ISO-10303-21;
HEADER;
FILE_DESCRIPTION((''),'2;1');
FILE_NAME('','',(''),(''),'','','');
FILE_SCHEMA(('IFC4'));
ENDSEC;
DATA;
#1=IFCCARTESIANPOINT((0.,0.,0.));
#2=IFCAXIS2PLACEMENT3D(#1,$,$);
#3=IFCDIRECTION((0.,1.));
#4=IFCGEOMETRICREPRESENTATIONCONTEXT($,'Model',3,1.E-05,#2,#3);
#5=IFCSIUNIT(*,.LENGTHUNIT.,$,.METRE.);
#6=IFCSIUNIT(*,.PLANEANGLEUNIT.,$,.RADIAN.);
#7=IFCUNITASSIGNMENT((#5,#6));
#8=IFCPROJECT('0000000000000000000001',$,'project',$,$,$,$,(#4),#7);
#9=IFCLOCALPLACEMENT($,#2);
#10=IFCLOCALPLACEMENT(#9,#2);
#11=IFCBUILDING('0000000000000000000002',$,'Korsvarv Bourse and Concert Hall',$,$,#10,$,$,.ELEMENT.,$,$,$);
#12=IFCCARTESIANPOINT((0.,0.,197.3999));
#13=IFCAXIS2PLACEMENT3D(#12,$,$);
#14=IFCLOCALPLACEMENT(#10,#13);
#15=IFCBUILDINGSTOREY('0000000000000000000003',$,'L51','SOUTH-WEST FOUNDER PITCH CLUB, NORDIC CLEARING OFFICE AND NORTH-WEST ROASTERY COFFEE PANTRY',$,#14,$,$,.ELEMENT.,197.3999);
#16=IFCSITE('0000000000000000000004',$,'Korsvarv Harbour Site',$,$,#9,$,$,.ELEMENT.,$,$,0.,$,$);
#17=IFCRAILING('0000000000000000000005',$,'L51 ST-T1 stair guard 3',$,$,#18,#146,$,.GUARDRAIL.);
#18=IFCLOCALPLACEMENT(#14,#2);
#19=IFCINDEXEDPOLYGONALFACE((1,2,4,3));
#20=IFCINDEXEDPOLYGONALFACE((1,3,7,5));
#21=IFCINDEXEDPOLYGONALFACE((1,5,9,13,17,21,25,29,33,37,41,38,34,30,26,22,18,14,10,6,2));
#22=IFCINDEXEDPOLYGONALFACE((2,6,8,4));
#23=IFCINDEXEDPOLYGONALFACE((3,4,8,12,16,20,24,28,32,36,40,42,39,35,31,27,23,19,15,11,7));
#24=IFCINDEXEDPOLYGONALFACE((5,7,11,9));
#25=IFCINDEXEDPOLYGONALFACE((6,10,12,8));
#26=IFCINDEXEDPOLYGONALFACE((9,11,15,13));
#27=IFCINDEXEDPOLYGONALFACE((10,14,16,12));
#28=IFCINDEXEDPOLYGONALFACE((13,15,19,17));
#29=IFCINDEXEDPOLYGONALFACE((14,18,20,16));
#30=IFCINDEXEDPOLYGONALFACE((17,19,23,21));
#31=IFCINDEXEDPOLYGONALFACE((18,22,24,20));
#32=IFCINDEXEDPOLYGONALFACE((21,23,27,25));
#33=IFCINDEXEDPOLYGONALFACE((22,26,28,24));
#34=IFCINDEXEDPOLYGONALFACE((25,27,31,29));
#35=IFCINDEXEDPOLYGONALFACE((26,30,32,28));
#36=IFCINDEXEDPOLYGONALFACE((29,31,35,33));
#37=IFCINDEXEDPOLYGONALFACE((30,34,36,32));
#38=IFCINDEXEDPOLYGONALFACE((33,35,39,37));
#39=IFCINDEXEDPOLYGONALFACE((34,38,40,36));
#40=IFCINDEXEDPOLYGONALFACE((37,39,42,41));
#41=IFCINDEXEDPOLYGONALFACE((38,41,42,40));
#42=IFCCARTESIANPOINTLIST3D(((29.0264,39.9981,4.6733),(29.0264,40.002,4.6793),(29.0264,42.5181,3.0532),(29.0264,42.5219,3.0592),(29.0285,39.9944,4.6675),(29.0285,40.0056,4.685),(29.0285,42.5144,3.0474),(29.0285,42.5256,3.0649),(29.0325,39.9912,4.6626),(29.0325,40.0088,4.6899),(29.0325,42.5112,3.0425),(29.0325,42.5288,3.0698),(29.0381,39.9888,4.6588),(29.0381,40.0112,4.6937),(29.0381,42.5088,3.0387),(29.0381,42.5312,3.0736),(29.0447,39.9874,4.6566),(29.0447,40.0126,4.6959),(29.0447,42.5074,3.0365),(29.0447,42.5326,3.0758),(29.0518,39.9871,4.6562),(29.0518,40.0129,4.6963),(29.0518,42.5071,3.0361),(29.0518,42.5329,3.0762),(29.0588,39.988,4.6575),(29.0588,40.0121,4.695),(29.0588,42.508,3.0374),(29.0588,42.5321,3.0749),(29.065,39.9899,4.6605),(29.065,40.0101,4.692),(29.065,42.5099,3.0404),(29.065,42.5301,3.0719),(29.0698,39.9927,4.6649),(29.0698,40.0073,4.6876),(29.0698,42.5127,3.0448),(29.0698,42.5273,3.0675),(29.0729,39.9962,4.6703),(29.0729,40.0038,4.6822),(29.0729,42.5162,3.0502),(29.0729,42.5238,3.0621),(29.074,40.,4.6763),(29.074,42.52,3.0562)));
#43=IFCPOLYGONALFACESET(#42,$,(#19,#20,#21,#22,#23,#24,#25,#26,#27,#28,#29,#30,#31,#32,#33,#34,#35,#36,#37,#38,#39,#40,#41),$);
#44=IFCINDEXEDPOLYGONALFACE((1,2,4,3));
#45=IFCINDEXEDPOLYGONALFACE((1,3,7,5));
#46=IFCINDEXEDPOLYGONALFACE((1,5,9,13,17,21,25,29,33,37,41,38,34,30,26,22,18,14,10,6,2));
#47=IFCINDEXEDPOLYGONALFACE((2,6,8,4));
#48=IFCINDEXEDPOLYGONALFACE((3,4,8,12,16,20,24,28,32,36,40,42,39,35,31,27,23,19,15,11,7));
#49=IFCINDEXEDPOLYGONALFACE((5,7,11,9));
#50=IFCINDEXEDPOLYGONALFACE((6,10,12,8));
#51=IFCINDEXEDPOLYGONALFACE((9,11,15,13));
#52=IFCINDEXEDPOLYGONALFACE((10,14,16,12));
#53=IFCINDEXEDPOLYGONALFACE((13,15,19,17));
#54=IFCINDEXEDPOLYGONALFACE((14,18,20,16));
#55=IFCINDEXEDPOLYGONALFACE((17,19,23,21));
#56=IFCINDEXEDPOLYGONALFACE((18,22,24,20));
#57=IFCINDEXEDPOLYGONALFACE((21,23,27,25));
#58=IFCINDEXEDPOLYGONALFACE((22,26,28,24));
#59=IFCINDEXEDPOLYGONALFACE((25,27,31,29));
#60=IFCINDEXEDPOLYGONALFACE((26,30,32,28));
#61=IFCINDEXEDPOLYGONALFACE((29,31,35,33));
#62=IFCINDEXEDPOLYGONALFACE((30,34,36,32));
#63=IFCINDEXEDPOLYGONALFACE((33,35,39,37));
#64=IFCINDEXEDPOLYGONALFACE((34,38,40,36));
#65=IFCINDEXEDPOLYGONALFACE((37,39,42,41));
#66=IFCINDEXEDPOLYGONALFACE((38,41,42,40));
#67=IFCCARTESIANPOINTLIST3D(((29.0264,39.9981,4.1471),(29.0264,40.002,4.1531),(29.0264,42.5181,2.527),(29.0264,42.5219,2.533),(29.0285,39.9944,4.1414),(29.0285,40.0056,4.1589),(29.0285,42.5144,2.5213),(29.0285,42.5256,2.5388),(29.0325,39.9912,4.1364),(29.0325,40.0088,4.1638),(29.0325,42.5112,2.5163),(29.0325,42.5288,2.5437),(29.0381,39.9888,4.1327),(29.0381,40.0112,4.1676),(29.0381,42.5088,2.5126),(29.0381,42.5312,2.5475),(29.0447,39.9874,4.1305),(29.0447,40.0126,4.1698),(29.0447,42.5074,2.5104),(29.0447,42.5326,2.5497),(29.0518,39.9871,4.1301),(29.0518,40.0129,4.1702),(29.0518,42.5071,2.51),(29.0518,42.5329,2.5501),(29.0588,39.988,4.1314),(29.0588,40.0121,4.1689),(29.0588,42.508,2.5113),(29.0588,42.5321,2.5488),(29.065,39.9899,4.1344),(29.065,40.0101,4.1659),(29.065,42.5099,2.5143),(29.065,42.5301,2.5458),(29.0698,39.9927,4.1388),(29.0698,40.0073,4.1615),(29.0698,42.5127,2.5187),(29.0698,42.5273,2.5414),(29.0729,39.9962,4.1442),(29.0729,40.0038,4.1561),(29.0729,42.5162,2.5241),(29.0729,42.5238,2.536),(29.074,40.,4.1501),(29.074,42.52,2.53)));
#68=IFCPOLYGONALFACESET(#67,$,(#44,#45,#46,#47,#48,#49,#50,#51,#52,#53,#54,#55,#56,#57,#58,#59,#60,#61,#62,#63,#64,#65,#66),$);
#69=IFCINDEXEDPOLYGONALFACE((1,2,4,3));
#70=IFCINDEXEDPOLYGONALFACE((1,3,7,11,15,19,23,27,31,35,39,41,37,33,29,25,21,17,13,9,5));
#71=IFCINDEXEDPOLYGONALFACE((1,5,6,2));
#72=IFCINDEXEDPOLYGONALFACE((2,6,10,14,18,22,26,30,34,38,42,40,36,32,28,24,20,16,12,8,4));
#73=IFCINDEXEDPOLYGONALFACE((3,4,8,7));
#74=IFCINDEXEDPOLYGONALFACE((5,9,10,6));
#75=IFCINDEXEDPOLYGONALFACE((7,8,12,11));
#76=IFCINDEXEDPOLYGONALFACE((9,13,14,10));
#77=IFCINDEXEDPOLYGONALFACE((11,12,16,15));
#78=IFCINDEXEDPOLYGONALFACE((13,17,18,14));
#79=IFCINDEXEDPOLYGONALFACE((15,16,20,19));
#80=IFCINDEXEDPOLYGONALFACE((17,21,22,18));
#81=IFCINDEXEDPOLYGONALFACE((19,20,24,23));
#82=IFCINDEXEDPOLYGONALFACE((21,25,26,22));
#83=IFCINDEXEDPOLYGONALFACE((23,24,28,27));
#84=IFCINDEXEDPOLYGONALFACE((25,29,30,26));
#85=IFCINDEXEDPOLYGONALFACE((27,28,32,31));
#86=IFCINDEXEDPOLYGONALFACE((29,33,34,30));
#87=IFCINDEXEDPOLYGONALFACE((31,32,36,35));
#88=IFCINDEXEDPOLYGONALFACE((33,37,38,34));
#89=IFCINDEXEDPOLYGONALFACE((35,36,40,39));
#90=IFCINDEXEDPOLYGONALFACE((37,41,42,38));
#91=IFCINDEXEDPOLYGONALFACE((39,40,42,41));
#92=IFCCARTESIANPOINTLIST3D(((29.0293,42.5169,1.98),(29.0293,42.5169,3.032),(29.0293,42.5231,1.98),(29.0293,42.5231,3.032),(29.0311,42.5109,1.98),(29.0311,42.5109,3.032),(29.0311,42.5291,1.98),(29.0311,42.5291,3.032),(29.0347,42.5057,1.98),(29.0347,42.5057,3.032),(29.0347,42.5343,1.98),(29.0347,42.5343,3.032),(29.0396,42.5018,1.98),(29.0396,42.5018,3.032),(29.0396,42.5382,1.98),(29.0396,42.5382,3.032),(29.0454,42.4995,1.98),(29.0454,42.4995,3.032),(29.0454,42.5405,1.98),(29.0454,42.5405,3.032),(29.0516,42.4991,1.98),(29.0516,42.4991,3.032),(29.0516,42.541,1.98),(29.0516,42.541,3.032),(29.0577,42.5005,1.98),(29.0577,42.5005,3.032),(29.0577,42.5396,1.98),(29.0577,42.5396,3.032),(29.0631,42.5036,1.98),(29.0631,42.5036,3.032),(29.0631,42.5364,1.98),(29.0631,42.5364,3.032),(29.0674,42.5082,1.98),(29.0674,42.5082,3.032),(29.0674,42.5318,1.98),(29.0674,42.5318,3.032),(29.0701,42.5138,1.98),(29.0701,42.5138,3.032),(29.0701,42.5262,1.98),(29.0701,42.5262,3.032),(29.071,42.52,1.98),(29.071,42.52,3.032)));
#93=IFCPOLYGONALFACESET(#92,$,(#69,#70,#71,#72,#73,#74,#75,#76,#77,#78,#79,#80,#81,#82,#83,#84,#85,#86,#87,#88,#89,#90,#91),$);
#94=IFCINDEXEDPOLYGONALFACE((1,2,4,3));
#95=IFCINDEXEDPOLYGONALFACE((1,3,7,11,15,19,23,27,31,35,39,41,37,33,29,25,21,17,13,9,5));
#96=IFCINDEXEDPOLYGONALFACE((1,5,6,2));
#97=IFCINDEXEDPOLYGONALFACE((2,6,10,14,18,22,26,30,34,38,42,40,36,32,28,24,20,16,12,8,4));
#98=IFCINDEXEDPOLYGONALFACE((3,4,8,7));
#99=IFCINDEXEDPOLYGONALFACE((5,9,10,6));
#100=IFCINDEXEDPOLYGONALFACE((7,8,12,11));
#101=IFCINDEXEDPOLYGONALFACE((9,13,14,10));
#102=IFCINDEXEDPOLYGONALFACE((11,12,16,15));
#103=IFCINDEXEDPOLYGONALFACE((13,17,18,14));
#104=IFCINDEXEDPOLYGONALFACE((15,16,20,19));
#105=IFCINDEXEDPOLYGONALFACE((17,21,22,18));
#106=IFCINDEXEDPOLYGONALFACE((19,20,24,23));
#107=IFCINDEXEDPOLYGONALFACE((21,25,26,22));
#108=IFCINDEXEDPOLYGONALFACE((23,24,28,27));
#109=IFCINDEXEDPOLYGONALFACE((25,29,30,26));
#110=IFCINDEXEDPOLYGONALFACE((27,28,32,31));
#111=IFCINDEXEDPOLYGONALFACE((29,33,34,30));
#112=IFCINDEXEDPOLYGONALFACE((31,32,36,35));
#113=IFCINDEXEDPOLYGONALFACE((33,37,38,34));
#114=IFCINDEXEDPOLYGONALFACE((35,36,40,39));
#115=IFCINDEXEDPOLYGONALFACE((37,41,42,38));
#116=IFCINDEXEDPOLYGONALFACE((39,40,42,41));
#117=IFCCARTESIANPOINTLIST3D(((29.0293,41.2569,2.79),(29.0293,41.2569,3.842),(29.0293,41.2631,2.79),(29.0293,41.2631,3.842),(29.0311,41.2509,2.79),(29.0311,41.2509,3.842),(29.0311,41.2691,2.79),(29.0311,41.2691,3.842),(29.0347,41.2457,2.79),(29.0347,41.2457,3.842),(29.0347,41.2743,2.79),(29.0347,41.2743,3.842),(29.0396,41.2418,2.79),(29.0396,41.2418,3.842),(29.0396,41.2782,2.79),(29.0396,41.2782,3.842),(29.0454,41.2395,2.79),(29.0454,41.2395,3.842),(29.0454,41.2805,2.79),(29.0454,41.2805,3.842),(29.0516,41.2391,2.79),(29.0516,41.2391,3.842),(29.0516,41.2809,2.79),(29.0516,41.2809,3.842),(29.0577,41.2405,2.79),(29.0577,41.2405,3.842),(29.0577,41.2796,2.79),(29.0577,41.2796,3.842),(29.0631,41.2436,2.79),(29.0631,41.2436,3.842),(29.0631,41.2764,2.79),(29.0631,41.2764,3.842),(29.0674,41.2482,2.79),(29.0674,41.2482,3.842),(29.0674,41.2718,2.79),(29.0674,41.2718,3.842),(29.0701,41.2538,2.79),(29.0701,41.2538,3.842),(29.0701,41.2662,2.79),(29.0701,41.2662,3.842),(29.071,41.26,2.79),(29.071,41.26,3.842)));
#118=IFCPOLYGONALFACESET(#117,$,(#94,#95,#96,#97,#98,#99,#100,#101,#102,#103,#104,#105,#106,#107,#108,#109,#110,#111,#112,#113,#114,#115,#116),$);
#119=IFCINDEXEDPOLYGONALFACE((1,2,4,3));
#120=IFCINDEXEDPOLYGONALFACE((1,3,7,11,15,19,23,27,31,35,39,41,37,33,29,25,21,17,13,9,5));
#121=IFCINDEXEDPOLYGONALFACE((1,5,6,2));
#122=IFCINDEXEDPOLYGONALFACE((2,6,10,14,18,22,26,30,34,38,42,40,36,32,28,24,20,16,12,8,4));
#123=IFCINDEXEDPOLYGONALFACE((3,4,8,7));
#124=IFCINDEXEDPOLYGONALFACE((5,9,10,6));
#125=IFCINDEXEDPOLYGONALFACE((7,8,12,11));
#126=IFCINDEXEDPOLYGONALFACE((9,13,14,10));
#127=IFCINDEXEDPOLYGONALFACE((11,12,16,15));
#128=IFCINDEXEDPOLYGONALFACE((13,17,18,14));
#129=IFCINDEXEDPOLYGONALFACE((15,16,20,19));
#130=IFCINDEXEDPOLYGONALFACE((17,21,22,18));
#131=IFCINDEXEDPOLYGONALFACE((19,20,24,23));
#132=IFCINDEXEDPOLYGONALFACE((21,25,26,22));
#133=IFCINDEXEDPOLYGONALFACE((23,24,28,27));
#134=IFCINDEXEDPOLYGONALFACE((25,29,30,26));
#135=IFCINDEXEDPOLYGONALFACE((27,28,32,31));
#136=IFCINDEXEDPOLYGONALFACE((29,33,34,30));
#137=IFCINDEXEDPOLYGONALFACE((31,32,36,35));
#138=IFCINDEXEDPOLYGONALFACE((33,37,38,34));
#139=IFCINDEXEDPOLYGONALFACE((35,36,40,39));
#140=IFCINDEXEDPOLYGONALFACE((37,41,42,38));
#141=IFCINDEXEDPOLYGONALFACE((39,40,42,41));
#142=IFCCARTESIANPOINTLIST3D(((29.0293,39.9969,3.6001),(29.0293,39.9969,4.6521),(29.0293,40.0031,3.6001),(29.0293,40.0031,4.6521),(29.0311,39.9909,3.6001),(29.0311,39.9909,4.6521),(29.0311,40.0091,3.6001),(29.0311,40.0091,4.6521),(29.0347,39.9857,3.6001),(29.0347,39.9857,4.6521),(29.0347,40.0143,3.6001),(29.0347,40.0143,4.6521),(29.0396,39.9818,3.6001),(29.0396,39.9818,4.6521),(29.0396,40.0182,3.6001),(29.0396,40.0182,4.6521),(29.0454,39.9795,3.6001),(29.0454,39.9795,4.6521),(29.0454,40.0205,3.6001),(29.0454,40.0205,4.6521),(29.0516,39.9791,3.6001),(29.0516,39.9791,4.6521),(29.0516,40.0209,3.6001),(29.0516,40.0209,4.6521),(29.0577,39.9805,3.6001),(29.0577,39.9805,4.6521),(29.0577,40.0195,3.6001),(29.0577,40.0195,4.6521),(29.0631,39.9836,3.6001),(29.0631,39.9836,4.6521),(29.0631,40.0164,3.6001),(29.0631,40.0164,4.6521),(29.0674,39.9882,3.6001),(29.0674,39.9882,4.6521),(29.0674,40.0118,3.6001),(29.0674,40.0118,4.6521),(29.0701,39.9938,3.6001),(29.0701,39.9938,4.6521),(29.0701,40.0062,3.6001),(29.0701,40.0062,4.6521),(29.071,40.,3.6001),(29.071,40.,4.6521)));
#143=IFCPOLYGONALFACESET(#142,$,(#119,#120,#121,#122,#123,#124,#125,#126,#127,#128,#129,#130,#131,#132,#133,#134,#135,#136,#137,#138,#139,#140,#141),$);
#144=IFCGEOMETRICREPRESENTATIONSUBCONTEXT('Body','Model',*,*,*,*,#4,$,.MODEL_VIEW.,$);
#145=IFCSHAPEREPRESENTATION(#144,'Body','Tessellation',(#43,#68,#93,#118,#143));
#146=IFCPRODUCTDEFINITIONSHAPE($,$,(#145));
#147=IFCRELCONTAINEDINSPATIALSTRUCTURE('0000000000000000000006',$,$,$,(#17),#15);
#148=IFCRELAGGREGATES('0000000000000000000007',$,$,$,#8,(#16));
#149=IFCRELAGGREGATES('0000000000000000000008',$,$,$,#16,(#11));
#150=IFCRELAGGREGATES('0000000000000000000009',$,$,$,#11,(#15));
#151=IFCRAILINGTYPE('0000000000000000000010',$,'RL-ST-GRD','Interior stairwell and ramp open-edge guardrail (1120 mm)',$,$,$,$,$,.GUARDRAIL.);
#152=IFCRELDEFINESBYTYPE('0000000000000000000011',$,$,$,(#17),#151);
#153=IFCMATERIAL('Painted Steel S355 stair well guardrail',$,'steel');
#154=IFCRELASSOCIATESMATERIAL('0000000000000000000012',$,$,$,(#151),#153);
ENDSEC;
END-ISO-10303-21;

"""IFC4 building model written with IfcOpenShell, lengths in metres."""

from ifc_helpers import new_model, si_unit, direction, frame, origin, origin_2d, place, context, subcontext, project, spatial, circle, extrude, material, type_object, element, save


model = new_model("IFC4")

# Units and contexts
model_context = context("Model", 3, precision=1e-05, world=origin(), true_north=direction((0.0, 1.0)))
body_context = subcontext(model_context, "Body", "Model", "MODEL_VIEW")
ifc_project = project(units=[si_unit("LENGTHUNIT", "METRE"), si_unit("PLANEANGLEUNIT", "RADIAN")], contexts=[model_context])

# Site, building, storey
site_placement = place(None, origin())
site = spatial("IfcSite", under=ifc_project, at=site_placement, Name="Korsvarv Harbour Site", CompositionType="ELEMENT", RefElevation=0.0)
building_placement = place(site_placement, origin())
building = spatial("IfcBuilding", under=site, at=building_placement, Name="Korsvarv Bourse and Concert Hall", CompositionType="ELEMENT")
storey_placement = place(building_placement, frame((0.0, 0.0, 197.3999)))
storey = spatial("IfcBuildingStorey", under=building, at=storey_placement, Name="L51", Description="SOUTH-WEST FOUNDER PITCH CLUB, NORDIC CLEARING OFFICE AND NORTH-WEST ROASTERY COFFEE PANTRY", CompositionType="ELEMENT", Elevation=197.3999)

# Railing
ifc_material_1 = material(Name="Painted Steel S355 stair well guardrail", Category="steel")
railing_type_1 = type_object("IfcRailingType", Name="RL-ST-GRD", Description="Interior stairwell and ramp open-edge guardrail (1120 mm)", PredefinedType="GUARDRAIL", material=ifc_material_1)
railing_1_placement = place(storey_placement, frame((29.05, 42.52, 1.98)))
element("IfcRailing", 1, at=railing_1_placement, inside=storey, type_object=railing_type_1, Name="L51 ST-T1 stair guard 3", PredefinedType="GUARDRAIL", context=body_context, shape_type="SweptSolid", body=[
    extrude(circle(Radius=0.0239, at=origin_2d()), frame((0.0, 0.0, 1.0762), z_axis=(0.0, -0.841163, 0.540782), x_axis=(1.0, 0.0, 0.0)), (0.0, 0.0, 1.0), 2.9958),
    extrude(circle(Radius=0.0239, at=origin_2d()), frame((0.0, 0.0, 0.55), z_axis=(0.0, -0.841163, 0.540782), x_axis=(1.0, 0.0, 0.0)), (0.0, 0.0, 1.0), 2.9958),
    extrude(circle(Radius=0.021, at=origin_2d()), origin(), (0.0, 0.0, 1.0), 1.052),
    extrude(circle(Radius=0.021, at=origin_2d()), frame((0.0, -1.26, 0.8101)), (0.0, 0.0, 1.0), 1.052),
    extrude(circle(Radius=0.021, at=origin_2d()), frame((0.0, -2.52, 1.6201)), (0.0, 0.0, 1.0), 1.052),
])

save(model, "model.ifc")
